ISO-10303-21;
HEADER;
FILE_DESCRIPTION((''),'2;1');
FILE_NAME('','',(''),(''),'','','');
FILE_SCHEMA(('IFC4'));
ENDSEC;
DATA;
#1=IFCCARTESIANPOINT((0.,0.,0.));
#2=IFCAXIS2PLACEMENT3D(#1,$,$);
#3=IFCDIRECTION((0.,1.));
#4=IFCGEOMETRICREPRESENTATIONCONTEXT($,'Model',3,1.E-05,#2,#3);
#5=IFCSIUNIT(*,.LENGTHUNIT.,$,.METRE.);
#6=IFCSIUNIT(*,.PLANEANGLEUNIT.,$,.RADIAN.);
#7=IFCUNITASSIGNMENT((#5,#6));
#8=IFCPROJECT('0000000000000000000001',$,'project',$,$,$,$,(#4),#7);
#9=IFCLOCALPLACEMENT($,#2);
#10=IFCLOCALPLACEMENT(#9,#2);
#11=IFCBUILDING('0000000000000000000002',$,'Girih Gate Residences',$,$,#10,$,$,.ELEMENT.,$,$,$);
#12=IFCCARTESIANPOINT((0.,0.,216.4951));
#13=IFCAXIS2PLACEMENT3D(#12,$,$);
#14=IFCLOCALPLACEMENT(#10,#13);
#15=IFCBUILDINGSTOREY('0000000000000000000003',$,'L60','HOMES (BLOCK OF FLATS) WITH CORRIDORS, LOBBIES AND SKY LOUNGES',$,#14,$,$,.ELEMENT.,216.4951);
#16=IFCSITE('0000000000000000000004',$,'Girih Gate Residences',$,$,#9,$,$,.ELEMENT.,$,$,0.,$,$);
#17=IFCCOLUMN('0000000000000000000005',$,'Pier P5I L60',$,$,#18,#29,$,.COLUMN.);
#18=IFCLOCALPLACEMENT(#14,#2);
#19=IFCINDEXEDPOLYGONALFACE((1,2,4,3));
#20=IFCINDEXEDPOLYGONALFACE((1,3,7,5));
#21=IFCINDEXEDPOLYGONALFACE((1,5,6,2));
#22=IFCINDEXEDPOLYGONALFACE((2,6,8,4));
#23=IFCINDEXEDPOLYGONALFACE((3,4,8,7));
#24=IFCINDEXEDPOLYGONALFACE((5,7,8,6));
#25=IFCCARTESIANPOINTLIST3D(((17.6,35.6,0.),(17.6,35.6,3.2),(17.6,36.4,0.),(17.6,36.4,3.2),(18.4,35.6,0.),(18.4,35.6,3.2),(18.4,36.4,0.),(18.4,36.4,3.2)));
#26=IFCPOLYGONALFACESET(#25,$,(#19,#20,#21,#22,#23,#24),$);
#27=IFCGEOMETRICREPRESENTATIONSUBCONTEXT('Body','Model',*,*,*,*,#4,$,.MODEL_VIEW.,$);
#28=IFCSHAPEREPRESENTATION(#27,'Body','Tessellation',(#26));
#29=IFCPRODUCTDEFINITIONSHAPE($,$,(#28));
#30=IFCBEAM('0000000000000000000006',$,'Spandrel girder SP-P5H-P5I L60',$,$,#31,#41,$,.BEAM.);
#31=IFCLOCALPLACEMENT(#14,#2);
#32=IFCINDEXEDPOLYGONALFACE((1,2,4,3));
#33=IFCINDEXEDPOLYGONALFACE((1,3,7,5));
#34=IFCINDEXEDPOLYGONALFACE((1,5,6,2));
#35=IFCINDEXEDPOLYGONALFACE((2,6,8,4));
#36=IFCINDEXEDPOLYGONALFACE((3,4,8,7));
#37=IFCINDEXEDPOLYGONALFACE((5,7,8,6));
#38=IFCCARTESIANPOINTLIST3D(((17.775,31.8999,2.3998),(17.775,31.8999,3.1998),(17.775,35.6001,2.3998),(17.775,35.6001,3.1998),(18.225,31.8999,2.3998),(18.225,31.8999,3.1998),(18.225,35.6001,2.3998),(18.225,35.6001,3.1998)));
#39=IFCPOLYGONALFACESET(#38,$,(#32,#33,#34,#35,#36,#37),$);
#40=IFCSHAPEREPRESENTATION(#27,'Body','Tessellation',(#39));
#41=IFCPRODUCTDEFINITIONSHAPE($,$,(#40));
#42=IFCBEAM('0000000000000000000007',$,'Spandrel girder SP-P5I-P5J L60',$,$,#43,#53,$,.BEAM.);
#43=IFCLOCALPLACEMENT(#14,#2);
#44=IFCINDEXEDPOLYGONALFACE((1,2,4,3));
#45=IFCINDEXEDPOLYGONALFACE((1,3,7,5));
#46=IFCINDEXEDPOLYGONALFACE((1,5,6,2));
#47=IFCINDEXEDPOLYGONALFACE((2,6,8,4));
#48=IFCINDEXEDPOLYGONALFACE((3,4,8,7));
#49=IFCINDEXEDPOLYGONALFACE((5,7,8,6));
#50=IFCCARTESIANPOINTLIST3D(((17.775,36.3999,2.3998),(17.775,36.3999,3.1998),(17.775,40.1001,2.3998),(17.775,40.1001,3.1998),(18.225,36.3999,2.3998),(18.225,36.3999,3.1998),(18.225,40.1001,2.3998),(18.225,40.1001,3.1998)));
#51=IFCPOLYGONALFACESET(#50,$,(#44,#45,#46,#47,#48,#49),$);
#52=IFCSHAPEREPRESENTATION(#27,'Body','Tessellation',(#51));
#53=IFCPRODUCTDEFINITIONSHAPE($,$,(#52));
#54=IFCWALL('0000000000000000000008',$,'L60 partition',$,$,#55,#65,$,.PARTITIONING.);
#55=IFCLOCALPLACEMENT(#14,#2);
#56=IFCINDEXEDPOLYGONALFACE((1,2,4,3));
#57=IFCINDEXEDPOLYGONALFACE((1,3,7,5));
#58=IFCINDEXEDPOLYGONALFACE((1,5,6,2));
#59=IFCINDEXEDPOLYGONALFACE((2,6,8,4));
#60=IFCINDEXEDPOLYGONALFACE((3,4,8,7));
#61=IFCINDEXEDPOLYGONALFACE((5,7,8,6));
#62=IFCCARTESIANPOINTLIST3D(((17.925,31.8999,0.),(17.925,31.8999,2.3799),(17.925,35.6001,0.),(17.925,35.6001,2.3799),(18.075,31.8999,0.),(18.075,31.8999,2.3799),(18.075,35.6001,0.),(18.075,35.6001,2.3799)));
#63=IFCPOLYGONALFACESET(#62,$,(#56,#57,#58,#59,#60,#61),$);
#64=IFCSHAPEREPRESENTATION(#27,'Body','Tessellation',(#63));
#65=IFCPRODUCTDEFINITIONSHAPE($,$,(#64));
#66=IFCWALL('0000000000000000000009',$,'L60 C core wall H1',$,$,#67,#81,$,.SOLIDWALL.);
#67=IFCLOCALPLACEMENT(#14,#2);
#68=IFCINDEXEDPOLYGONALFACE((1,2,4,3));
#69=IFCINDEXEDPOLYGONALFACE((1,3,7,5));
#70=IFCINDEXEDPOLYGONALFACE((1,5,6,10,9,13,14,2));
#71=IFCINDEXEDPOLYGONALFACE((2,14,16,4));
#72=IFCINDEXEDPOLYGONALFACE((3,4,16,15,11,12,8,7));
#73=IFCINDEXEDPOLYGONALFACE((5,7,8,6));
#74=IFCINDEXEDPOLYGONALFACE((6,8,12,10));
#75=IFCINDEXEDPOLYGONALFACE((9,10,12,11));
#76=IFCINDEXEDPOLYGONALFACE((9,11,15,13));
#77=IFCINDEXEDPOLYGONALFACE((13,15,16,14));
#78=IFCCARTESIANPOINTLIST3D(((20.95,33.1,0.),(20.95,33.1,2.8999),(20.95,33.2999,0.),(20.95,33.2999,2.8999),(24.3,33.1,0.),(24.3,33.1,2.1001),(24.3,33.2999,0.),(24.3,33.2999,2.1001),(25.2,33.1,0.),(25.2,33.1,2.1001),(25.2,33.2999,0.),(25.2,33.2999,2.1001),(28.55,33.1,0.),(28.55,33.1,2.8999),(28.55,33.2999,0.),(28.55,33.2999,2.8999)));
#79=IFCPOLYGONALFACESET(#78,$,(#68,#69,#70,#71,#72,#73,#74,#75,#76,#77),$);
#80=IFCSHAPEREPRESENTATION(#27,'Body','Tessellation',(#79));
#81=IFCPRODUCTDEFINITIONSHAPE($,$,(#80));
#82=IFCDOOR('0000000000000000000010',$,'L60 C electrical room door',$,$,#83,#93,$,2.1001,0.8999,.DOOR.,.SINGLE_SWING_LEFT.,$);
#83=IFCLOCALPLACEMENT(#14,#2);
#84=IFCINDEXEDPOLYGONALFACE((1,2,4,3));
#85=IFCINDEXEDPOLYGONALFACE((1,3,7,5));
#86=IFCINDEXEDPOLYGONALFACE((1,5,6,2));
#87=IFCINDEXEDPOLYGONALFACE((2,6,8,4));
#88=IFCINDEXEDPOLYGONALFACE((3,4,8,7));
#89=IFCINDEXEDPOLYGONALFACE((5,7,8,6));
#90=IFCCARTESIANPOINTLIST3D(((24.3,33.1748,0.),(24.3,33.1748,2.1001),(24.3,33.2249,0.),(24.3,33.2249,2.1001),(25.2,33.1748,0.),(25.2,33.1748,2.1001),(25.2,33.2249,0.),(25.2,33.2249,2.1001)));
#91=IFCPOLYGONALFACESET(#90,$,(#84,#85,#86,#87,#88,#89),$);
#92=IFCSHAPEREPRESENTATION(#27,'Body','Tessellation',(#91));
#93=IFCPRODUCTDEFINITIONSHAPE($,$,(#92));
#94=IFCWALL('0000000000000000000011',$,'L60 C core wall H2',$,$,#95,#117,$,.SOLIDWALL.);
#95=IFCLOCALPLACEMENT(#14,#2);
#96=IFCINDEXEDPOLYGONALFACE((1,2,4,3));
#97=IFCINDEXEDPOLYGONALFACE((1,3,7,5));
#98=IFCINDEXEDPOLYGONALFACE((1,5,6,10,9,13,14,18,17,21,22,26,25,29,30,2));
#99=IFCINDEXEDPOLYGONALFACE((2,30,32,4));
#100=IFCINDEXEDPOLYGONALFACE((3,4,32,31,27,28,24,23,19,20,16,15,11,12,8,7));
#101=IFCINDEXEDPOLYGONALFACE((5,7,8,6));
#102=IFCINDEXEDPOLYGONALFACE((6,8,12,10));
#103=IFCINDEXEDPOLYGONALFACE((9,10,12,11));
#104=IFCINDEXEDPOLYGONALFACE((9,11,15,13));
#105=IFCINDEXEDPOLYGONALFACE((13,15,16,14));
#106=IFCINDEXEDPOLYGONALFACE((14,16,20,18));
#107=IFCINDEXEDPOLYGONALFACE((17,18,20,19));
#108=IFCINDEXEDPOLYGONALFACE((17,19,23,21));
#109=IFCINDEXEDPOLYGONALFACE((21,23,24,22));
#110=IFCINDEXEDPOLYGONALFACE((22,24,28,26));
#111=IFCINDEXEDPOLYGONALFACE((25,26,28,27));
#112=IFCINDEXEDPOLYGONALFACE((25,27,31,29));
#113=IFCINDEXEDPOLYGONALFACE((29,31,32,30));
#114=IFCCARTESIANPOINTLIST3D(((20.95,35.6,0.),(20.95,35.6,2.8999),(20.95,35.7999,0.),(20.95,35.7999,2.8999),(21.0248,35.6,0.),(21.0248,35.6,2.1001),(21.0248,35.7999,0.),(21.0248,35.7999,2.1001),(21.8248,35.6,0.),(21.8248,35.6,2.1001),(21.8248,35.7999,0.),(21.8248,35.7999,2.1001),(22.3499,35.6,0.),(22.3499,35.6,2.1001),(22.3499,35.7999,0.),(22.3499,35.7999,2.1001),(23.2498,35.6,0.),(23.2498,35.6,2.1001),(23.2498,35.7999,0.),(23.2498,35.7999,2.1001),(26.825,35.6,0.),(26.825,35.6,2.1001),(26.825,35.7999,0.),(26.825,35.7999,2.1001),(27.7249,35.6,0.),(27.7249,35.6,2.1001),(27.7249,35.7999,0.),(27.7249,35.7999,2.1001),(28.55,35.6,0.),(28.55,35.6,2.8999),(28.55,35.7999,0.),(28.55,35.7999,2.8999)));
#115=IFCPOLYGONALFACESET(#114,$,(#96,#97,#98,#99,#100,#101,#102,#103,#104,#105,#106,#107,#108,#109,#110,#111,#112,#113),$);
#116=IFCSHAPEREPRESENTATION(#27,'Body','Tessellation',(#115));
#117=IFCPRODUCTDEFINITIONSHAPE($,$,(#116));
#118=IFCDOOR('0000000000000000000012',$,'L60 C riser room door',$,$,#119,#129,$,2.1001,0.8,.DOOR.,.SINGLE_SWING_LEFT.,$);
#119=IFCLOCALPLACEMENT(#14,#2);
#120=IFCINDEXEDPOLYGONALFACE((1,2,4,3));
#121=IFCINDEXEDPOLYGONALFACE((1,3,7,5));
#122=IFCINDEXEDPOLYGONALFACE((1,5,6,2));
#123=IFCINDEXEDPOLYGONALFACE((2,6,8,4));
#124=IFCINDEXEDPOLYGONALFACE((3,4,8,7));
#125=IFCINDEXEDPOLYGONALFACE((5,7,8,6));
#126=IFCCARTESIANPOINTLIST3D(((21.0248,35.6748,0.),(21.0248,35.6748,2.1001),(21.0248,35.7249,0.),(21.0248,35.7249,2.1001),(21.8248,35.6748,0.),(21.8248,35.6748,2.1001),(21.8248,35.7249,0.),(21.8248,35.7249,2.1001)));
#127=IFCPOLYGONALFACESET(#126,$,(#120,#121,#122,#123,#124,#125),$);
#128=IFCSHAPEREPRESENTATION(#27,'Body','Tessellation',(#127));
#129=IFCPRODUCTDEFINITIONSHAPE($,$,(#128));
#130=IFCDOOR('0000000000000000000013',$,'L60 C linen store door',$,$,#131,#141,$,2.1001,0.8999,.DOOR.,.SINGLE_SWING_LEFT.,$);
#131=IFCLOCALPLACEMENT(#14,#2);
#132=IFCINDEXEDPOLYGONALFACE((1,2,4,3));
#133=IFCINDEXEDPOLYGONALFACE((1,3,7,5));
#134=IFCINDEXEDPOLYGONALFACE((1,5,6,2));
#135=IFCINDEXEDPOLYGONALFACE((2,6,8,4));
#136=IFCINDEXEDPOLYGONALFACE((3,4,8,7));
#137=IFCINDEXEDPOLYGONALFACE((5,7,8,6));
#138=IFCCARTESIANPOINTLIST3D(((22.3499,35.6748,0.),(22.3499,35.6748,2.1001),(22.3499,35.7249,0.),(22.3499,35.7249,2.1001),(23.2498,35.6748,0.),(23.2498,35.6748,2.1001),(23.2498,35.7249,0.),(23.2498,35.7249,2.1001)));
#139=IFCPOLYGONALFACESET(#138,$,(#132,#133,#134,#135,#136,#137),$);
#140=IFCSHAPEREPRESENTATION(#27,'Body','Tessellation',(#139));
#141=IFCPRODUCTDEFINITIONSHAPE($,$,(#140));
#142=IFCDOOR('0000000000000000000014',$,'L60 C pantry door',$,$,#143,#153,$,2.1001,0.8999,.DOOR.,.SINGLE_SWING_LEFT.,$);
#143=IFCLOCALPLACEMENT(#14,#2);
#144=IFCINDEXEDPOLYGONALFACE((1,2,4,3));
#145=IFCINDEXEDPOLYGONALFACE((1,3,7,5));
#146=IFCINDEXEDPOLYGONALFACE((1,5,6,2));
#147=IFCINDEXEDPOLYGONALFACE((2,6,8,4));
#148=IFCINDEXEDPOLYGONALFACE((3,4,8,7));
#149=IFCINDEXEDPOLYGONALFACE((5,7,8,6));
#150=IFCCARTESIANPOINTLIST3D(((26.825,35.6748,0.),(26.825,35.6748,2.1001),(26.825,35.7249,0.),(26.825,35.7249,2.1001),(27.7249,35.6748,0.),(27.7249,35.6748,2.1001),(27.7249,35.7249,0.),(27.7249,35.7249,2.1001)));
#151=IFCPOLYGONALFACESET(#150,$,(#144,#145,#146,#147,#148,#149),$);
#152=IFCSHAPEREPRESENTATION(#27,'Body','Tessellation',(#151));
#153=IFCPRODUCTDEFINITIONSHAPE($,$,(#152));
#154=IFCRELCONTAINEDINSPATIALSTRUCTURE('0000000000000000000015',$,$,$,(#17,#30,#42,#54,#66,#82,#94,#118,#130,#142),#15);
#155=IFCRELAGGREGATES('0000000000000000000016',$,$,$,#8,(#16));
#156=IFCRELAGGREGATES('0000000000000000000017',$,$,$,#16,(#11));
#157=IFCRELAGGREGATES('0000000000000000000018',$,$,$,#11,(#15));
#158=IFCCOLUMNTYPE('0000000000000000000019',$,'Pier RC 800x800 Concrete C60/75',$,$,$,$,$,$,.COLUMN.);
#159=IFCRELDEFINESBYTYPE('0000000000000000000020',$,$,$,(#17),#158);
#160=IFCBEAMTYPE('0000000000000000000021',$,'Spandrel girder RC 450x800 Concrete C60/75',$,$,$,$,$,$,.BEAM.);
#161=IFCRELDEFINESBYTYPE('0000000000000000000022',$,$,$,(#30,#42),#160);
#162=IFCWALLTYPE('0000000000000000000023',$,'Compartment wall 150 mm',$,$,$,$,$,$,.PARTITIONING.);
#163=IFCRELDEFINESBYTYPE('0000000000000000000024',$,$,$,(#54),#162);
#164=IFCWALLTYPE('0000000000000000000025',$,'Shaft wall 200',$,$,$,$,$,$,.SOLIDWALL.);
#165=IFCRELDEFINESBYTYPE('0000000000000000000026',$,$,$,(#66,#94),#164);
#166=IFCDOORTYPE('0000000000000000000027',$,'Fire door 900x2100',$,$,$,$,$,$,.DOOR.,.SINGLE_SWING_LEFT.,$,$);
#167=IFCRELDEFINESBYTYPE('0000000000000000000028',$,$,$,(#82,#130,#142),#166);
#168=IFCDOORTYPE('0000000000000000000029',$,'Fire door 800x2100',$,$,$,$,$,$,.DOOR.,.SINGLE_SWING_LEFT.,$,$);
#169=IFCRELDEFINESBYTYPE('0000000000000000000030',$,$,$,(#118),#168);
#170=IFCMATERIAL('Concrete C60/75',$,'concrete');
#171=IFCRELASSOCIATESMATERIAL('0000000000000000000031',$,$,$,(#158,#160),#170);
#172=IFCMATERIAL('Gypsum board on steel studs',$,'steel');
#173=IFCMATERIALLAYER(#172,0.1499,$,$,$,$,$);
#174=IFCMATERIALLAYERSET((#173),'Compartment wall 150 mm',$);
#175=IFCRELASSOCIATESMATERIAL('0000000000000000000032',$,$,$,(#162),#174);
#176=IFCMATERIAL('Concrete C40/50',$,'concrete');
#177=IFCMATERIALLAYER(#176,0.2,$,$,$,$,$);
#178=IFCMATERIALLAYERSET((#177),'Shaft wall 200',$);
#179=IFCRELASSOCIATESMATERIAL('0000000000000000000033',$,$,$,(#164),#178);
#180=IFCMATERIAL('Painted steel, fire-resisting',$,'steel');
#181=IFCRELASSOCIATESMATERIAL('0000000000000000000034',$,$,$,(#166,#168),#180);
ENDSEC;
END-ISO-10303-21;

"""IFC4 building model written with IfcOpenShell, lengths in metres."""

from ifc_helpers import new_model, si_unit, direction, frame, frame_2d, origin, origin_2d, place, context, subcontext, project, spatial, rectangle, extrude, material, layer, layer_set, material_profile, profile_set, type_object, element, fill, save


model = new_model("IFC4")

# Units and contexts
model_context = context("Model", 3, precision=1e-05, world=origin(), true_north=direction((0.0, 1.0)))
body_context = subcontext(model_context, "Body", "Model", "MODEL_VIEW")
ifc_project = project(units=[si_unit("LENGTHUNIT", "METRE"), si_unit("PLANEANGLEUNIT", "RADIAN")], contexts=[model_context])

# Site, building, storey
site_placement = place(None, origin())
site = spatial("IfcSite", under=ifc_project, at=site_placement, Name="Girih Gate Residences", CompositionType="ELEMENT", RefElevation=0.0)
building_placement = place(site_placement, origin())
building = spatial("IfcBuilding", under=site, at=building_placement, Name="Girih Gate Residences", CompositionType="ELEMENT")
storey_placement = place(building_placement, frame((0.0, 0.0, 216.4951)))
storey = spatial("IfcBuildingStorey", under=building, at=storey_placement, Name="L60", Description="HOMES (BLOCK OF FLATS) WITH CORRIDORS, LOBBIES AND SKY LOUNGES", CompositionType="ELEMENT", Elevation=216.4951)

# Column
ifc_material_1 = material(Name="Concrete C60/75", Category="concrete")
ifc_material_profile_1 = material_profile(ifc_material_1, rectangle(XDim=0.8, YDim=0.8, at=origin_2d()))
ifc_profile_set_1 = profile_set([ifc_material_profile_1], Name="Concrete C60/75")
column_type = type_object("IfcColumnType", Name="Pier RC 800x800 Concrete C60/75", PredefinedType="COLUMN", material=ifc_profile_set_1)
column_placement = place(storey_placement, frame((18.0, 36.0, 0.0), z_axis=(0.0, 0.0, 1.0), x_axis=(1.0, 0.0, 0.0)))
element("IfcColumn", 1, at=column_placement, inside=storey, type_object=column_type, Name="Pier P5I L60", PredefinedType="COLUMN", context=body_context, shape_type="SweptSolid", body=[
    extrude(rectangle(XDim=0.8, YDim=0.8, at=origin_2d()), origin(), (0.0, 0.0, 1.0), 3.2),
])

# Beams
ifc_material_profile_2 = material_profile(ifc_material_1, rectangle(XDim=0.45, YDim=0.8, at=origin_2d()))
ifc_profile_set_2 = profile_set([ifc_material_profile_2], Name="Concrete C60/75")
beam_type = type_object("IfcBeamType", Name="Spandrel girder RC 450x800 Concrete C60/75", PredefinedType="BEAM", material=ifc_profile_set_2)
for number, where, z_axis, x_axis, name in (
    (2, (18.0, 31.8999, 2.7998), (0.0, 1.0, 0.0), (-1.0, 0.0, 0.0), "Spandrel girder SP-P5H-P5I L60"),
    (3, (18.0, 36.3999, 2.7998), (0.0, 1.0, 0.0), (-1.0, 0.0, 0.0), "Spandrel girder SP-P5I-P5J L60"),
):
    element("IfcBeam", number, at=place(storey_placement, frame(where, z_axis=z_axis, x_axis=x_axis)), inside=storey, type_object=beam_type, Name=name, PredefinedType="BEAM", context=body_context, shape_type="SweptSolid", body=[
        extrude(rectangle(XDim=0.45, YDim=0.8, at=origin_2d()), origin(), (0.0, 0.0, 1.0), 3.7002),
    ])

# Wall
ifc_material_2 = material(Name="Gypsum board on steel studs", Category="steel")
ifc_layer_1 = layer(ifc_material_2, 0.1499)
ifc_layer_set_1 = layer_set([ifc_layer_1], Name="Compartment wall 150 mm")
wall_type_1 = type_object("IfcWallType", Name="Compartment wall 150 mm", PredefinedType="PARTITIONING", material=ifc_layer_set_1)
wall_1_placement = place(storey_placement, frame((18.0, 31.8999, 0.0), z_axis=(0.0, 0.0, 1.0), x_axis=(0.0, 1.0, 0.0)))
element("IfcWall", 4, at=wall_1_placement, inside=storey, type_object=wall_type_1, Name="L60 partition", PredefinedType="PARTITIONING", context=body_context, shape_type="SweptSolid", body=[
    extrude(rectangle(XDim=3.7002, YDim=0.1499, at=frame_2d((1.8501, 0.0))), origin(), (0.0, 0.0, 1.0), 2.3799),
])

# Wall, opening, door
ifc_material_3 = material(Name="Concrete C40/50", Category="concrete")
ifc_layer_2 = layer(ifc_material_3, 0.2)
ifc_layer_set_2 = layer_set([ifc_layer_2], Name="Shaft wall 200")
wall_type_2 = type_object("IfcWallType", Name="Shaft wall 200", PredefinedType="SOLIDWALL", material=ifc_layer_set_2)
wall_2_placement = place(storey_placement, frame((20.95, 33.2, 0.0), z_axis=(0.0, 0.0, 1.0), x_axis=(1.0, 0.0, 0.0)))
wall_2 = element("IfcWall", 5, at=wall_2_placement, inside=storey, type_object=wall_type_2, Name="L60 C core wall H1", PredefinedType="SOLIDWALL", context=body_context, shape_type="SweptSolid", body=[
    extrude(rectangle(XDim=7.6001, YDim=0.2, at=frame_2d((3.8, 0.0))), origin(), (0.0, 0.0, 1.0), 2.8999),
])
opening_1_placement = place(wall_2_placement, frame((3.3501, 0.0, 0.0)))
opening_1 = element("IfcOpeningElement", 6, at=opening_1_placement, cuts=wall_2, PredefinedType="OPENING", context=body_context, shape_type="SweptSolid", body=[
    extrude(rectangle(XDim=0.8999, YDim=2.1001, at=frame_2d((0.45, 1.05))), frame((0.0, 0.1099, 0.0), z_axis=(0.0, -1.0, 0.0), x_axis=(1.0, 0.0, 0.0)), (0.0, 0.0, 1.0), 0.22),
])
ifc_material_4 = material(Name="Painted steel, fire-resisting", Category="steel")
door_type_1 = type_object("IfcDoorType", Name="Fire door 900x2100", OperationType="SINGLE_SWING_LEFT", PredefinedType="DOOR", material=ifc_material_4)
door_1_placement = place(opening_1_placement, origin())
door_1 = element("IfcDoor", 7, at=door_1_placement, inside=storey, type_object=door_type_1, Name="L60 C electrical room door", OperationType="SINGLE_SWING_LEFT", OverallHeight=2.1001, OverallWidth=0.8999, PredefinedType="DOOR", context=body_context, shape_type="SweptSolid", body=[
    extrude(rectangle(XDim=0.8999, YDim=2.1001, at=frame_2d((0.45, 1.05))), frame((0.0, 0.0249, 0.0), z_axis=(0.0, -1.0, 0.0), x_axis=(1.0, 0.0, 0.0)), (0.0, 0.0, 1.0), 0.05),
])
fill(opening_1, door_1)

# Wall, openings, doors
wall_3_placement = place(storey_placement, frame((20.95, 35.7, 0.0), z_axis=(0.0, 0.0, 1.0), x_axis=(1.0, 0.0, 0.0)))
wall_3 = element("IfcWall", 8, at=wall_3_placement, inside=storey, type_object=wall_type_2, Name="L60 C core wall H2", PredefinedType="SOLIDWALL", context=body_context, shape_type="SweptSolid", body=[
    extrude(rectangle(XDim=7.6001, YDim=0.2, at=frame_2d((3.8, 0.0))), origin(), (0.0, 0.0, 1.0), 2.8999),
])
opening_2_placement = place(wall_3_placement, frame((0.075, 0.0, 0.0)))
opening_2 = element("IfcOpeningElement", 9, at=opening_2_placement, cuts=wall_3, PredefinedType="OPENING", context=body_context, shape_type="SweptSolid", body=[
    extrude(rectangle(XDim=0.8, YDim=2.1001, at=frame_2d((0.3999, 1.05))), frame((0.0, 0.1099, 0.0), z_axis=(0.0, -1.0, 0.0), x_axis=(1.0, 0.0, 0.0)), (0.0, 0.0, 1.0), 0.22),
])
opening_3_placement = place(wall_3_placement, frame((1.3999, 0.0, 0.0)))
opening_3 = element("IfcOpeningElement", 10, at=opening_3_placement, cuts=wall_3, PredefinedType="OPENING", context=body_context, shape_type="SweptSolid", body=[
    extrude(rectangle(XDim=0.8999, YDim=2.1001, at=frame_2d((0.45, 1.05))), frame((0.0, 0.1099, 0.0), z_axis=(0.0, -1.0, 0.0), x_axis=(1.0, 0.0, 0.0)), (0.0, 0.0, 1.0), 0.22),
])
opening_4_placement = place(wall_3_placement, frame((5.875, 0.0, 0.0)))
opening_4 = element("IfcOpeningElement", 11, at=opening_4_placement, cuts=wall_3, PredefinedType="OPENING", context=body_context, shape_type="SweptSolid", body=[
    extrude(rectangle(XDim=0.8999, YDim=2.1001, at=frame_2d((0.45, 1.05))), frame((0.0, 0.1099, 0.0), z_axis=(0.0, -1.0, 0.0), x_axis=(1.0, 0.0, 0.0)), (0.0, 0.0, 1.0), 0.22),
])
door_type_2 = type_object("IfcDoorType", Name="Fire door 800x2100", OperationType="SINGLE_SWING_LEFT", PredefinedType="DOOR", material=ifc_material_4)
door_2_placement = place(opening_2_placement, origin())
door_2 = element("IfcDoor", 12, at=door_2_placement, inside=storey, type_object=door_type_2, Name="L60 C riser room door", OperationType="SINGLE_SWING_LEFT", OverallHeight=2.1001, OverallWidth=0.8, PredefinedType="DOOR", context=body_context, shape_type="SweptSolid", body=[
    extrude(rectangle(XDim=0.8, YDim=2.1001, at=frame_2d((0.3999, 1.05))), frame((0.0, 0.0249, 0.0), z_axis=(0.0, -1.0, 0.0), x_axis=(1.0, 0.0, 0.0)), (0.0, 0.0, 1.0), 0.05),
])
fill(opening_2, door_2)
door_3_placement = place(opening_3_placement, origin())
door_3 = element("IfcDoor", 13, at=door_3_placement, inside=storey, type_object=door_type_1, Name="L60 C linen store door", OperationType="SINGLE_SWING_LEFT", OverallHeight=2.1001, OverallWidth=0.8999, PredefinedType="DOOR", context=body_context, shape_type="SweptSolid", body=[
    extrude(rectangle(XDim=0.8999, YDim=2.1001, at=frame_2d((0.45, 1.05))), frame((0.0, 0.0249, 0.0), z_axis=(0.0, -1.0, 0.0), x_axis=(1.0, 0.0, 0.0)), (0.0, 0.0, 1.0), 0.05),
])
fill(opening_3, door_3)
door_4_placement = place(opening_4_placement, origin())
door_4 = element("IfcDoor", 14, at=door_4_placement, inside=storey, type_object=door_type_1, Name="L60 C pantry door", OperationType="SINGLE_SWING_LEFT", OverallHeight=2.1001, OverallWidth=0.8999, PredefinedType="DOOR", context=body_context, shape_type="SweptSolid", body=[
    extrude(rectangle(XDim=0.8999, YDim=2.1001, at=frame_2d((0.45, 1.05))), frame((0.0, 0.0249, 0.0), z_axis=(0.0, -1.0, 0.0), x_axis=(1.0, 0.0, 0.0)), (0.0, 0.0, 1.0), 0.05),
])
fill(opening_4, door_4)

save(model, "model.ifc")
